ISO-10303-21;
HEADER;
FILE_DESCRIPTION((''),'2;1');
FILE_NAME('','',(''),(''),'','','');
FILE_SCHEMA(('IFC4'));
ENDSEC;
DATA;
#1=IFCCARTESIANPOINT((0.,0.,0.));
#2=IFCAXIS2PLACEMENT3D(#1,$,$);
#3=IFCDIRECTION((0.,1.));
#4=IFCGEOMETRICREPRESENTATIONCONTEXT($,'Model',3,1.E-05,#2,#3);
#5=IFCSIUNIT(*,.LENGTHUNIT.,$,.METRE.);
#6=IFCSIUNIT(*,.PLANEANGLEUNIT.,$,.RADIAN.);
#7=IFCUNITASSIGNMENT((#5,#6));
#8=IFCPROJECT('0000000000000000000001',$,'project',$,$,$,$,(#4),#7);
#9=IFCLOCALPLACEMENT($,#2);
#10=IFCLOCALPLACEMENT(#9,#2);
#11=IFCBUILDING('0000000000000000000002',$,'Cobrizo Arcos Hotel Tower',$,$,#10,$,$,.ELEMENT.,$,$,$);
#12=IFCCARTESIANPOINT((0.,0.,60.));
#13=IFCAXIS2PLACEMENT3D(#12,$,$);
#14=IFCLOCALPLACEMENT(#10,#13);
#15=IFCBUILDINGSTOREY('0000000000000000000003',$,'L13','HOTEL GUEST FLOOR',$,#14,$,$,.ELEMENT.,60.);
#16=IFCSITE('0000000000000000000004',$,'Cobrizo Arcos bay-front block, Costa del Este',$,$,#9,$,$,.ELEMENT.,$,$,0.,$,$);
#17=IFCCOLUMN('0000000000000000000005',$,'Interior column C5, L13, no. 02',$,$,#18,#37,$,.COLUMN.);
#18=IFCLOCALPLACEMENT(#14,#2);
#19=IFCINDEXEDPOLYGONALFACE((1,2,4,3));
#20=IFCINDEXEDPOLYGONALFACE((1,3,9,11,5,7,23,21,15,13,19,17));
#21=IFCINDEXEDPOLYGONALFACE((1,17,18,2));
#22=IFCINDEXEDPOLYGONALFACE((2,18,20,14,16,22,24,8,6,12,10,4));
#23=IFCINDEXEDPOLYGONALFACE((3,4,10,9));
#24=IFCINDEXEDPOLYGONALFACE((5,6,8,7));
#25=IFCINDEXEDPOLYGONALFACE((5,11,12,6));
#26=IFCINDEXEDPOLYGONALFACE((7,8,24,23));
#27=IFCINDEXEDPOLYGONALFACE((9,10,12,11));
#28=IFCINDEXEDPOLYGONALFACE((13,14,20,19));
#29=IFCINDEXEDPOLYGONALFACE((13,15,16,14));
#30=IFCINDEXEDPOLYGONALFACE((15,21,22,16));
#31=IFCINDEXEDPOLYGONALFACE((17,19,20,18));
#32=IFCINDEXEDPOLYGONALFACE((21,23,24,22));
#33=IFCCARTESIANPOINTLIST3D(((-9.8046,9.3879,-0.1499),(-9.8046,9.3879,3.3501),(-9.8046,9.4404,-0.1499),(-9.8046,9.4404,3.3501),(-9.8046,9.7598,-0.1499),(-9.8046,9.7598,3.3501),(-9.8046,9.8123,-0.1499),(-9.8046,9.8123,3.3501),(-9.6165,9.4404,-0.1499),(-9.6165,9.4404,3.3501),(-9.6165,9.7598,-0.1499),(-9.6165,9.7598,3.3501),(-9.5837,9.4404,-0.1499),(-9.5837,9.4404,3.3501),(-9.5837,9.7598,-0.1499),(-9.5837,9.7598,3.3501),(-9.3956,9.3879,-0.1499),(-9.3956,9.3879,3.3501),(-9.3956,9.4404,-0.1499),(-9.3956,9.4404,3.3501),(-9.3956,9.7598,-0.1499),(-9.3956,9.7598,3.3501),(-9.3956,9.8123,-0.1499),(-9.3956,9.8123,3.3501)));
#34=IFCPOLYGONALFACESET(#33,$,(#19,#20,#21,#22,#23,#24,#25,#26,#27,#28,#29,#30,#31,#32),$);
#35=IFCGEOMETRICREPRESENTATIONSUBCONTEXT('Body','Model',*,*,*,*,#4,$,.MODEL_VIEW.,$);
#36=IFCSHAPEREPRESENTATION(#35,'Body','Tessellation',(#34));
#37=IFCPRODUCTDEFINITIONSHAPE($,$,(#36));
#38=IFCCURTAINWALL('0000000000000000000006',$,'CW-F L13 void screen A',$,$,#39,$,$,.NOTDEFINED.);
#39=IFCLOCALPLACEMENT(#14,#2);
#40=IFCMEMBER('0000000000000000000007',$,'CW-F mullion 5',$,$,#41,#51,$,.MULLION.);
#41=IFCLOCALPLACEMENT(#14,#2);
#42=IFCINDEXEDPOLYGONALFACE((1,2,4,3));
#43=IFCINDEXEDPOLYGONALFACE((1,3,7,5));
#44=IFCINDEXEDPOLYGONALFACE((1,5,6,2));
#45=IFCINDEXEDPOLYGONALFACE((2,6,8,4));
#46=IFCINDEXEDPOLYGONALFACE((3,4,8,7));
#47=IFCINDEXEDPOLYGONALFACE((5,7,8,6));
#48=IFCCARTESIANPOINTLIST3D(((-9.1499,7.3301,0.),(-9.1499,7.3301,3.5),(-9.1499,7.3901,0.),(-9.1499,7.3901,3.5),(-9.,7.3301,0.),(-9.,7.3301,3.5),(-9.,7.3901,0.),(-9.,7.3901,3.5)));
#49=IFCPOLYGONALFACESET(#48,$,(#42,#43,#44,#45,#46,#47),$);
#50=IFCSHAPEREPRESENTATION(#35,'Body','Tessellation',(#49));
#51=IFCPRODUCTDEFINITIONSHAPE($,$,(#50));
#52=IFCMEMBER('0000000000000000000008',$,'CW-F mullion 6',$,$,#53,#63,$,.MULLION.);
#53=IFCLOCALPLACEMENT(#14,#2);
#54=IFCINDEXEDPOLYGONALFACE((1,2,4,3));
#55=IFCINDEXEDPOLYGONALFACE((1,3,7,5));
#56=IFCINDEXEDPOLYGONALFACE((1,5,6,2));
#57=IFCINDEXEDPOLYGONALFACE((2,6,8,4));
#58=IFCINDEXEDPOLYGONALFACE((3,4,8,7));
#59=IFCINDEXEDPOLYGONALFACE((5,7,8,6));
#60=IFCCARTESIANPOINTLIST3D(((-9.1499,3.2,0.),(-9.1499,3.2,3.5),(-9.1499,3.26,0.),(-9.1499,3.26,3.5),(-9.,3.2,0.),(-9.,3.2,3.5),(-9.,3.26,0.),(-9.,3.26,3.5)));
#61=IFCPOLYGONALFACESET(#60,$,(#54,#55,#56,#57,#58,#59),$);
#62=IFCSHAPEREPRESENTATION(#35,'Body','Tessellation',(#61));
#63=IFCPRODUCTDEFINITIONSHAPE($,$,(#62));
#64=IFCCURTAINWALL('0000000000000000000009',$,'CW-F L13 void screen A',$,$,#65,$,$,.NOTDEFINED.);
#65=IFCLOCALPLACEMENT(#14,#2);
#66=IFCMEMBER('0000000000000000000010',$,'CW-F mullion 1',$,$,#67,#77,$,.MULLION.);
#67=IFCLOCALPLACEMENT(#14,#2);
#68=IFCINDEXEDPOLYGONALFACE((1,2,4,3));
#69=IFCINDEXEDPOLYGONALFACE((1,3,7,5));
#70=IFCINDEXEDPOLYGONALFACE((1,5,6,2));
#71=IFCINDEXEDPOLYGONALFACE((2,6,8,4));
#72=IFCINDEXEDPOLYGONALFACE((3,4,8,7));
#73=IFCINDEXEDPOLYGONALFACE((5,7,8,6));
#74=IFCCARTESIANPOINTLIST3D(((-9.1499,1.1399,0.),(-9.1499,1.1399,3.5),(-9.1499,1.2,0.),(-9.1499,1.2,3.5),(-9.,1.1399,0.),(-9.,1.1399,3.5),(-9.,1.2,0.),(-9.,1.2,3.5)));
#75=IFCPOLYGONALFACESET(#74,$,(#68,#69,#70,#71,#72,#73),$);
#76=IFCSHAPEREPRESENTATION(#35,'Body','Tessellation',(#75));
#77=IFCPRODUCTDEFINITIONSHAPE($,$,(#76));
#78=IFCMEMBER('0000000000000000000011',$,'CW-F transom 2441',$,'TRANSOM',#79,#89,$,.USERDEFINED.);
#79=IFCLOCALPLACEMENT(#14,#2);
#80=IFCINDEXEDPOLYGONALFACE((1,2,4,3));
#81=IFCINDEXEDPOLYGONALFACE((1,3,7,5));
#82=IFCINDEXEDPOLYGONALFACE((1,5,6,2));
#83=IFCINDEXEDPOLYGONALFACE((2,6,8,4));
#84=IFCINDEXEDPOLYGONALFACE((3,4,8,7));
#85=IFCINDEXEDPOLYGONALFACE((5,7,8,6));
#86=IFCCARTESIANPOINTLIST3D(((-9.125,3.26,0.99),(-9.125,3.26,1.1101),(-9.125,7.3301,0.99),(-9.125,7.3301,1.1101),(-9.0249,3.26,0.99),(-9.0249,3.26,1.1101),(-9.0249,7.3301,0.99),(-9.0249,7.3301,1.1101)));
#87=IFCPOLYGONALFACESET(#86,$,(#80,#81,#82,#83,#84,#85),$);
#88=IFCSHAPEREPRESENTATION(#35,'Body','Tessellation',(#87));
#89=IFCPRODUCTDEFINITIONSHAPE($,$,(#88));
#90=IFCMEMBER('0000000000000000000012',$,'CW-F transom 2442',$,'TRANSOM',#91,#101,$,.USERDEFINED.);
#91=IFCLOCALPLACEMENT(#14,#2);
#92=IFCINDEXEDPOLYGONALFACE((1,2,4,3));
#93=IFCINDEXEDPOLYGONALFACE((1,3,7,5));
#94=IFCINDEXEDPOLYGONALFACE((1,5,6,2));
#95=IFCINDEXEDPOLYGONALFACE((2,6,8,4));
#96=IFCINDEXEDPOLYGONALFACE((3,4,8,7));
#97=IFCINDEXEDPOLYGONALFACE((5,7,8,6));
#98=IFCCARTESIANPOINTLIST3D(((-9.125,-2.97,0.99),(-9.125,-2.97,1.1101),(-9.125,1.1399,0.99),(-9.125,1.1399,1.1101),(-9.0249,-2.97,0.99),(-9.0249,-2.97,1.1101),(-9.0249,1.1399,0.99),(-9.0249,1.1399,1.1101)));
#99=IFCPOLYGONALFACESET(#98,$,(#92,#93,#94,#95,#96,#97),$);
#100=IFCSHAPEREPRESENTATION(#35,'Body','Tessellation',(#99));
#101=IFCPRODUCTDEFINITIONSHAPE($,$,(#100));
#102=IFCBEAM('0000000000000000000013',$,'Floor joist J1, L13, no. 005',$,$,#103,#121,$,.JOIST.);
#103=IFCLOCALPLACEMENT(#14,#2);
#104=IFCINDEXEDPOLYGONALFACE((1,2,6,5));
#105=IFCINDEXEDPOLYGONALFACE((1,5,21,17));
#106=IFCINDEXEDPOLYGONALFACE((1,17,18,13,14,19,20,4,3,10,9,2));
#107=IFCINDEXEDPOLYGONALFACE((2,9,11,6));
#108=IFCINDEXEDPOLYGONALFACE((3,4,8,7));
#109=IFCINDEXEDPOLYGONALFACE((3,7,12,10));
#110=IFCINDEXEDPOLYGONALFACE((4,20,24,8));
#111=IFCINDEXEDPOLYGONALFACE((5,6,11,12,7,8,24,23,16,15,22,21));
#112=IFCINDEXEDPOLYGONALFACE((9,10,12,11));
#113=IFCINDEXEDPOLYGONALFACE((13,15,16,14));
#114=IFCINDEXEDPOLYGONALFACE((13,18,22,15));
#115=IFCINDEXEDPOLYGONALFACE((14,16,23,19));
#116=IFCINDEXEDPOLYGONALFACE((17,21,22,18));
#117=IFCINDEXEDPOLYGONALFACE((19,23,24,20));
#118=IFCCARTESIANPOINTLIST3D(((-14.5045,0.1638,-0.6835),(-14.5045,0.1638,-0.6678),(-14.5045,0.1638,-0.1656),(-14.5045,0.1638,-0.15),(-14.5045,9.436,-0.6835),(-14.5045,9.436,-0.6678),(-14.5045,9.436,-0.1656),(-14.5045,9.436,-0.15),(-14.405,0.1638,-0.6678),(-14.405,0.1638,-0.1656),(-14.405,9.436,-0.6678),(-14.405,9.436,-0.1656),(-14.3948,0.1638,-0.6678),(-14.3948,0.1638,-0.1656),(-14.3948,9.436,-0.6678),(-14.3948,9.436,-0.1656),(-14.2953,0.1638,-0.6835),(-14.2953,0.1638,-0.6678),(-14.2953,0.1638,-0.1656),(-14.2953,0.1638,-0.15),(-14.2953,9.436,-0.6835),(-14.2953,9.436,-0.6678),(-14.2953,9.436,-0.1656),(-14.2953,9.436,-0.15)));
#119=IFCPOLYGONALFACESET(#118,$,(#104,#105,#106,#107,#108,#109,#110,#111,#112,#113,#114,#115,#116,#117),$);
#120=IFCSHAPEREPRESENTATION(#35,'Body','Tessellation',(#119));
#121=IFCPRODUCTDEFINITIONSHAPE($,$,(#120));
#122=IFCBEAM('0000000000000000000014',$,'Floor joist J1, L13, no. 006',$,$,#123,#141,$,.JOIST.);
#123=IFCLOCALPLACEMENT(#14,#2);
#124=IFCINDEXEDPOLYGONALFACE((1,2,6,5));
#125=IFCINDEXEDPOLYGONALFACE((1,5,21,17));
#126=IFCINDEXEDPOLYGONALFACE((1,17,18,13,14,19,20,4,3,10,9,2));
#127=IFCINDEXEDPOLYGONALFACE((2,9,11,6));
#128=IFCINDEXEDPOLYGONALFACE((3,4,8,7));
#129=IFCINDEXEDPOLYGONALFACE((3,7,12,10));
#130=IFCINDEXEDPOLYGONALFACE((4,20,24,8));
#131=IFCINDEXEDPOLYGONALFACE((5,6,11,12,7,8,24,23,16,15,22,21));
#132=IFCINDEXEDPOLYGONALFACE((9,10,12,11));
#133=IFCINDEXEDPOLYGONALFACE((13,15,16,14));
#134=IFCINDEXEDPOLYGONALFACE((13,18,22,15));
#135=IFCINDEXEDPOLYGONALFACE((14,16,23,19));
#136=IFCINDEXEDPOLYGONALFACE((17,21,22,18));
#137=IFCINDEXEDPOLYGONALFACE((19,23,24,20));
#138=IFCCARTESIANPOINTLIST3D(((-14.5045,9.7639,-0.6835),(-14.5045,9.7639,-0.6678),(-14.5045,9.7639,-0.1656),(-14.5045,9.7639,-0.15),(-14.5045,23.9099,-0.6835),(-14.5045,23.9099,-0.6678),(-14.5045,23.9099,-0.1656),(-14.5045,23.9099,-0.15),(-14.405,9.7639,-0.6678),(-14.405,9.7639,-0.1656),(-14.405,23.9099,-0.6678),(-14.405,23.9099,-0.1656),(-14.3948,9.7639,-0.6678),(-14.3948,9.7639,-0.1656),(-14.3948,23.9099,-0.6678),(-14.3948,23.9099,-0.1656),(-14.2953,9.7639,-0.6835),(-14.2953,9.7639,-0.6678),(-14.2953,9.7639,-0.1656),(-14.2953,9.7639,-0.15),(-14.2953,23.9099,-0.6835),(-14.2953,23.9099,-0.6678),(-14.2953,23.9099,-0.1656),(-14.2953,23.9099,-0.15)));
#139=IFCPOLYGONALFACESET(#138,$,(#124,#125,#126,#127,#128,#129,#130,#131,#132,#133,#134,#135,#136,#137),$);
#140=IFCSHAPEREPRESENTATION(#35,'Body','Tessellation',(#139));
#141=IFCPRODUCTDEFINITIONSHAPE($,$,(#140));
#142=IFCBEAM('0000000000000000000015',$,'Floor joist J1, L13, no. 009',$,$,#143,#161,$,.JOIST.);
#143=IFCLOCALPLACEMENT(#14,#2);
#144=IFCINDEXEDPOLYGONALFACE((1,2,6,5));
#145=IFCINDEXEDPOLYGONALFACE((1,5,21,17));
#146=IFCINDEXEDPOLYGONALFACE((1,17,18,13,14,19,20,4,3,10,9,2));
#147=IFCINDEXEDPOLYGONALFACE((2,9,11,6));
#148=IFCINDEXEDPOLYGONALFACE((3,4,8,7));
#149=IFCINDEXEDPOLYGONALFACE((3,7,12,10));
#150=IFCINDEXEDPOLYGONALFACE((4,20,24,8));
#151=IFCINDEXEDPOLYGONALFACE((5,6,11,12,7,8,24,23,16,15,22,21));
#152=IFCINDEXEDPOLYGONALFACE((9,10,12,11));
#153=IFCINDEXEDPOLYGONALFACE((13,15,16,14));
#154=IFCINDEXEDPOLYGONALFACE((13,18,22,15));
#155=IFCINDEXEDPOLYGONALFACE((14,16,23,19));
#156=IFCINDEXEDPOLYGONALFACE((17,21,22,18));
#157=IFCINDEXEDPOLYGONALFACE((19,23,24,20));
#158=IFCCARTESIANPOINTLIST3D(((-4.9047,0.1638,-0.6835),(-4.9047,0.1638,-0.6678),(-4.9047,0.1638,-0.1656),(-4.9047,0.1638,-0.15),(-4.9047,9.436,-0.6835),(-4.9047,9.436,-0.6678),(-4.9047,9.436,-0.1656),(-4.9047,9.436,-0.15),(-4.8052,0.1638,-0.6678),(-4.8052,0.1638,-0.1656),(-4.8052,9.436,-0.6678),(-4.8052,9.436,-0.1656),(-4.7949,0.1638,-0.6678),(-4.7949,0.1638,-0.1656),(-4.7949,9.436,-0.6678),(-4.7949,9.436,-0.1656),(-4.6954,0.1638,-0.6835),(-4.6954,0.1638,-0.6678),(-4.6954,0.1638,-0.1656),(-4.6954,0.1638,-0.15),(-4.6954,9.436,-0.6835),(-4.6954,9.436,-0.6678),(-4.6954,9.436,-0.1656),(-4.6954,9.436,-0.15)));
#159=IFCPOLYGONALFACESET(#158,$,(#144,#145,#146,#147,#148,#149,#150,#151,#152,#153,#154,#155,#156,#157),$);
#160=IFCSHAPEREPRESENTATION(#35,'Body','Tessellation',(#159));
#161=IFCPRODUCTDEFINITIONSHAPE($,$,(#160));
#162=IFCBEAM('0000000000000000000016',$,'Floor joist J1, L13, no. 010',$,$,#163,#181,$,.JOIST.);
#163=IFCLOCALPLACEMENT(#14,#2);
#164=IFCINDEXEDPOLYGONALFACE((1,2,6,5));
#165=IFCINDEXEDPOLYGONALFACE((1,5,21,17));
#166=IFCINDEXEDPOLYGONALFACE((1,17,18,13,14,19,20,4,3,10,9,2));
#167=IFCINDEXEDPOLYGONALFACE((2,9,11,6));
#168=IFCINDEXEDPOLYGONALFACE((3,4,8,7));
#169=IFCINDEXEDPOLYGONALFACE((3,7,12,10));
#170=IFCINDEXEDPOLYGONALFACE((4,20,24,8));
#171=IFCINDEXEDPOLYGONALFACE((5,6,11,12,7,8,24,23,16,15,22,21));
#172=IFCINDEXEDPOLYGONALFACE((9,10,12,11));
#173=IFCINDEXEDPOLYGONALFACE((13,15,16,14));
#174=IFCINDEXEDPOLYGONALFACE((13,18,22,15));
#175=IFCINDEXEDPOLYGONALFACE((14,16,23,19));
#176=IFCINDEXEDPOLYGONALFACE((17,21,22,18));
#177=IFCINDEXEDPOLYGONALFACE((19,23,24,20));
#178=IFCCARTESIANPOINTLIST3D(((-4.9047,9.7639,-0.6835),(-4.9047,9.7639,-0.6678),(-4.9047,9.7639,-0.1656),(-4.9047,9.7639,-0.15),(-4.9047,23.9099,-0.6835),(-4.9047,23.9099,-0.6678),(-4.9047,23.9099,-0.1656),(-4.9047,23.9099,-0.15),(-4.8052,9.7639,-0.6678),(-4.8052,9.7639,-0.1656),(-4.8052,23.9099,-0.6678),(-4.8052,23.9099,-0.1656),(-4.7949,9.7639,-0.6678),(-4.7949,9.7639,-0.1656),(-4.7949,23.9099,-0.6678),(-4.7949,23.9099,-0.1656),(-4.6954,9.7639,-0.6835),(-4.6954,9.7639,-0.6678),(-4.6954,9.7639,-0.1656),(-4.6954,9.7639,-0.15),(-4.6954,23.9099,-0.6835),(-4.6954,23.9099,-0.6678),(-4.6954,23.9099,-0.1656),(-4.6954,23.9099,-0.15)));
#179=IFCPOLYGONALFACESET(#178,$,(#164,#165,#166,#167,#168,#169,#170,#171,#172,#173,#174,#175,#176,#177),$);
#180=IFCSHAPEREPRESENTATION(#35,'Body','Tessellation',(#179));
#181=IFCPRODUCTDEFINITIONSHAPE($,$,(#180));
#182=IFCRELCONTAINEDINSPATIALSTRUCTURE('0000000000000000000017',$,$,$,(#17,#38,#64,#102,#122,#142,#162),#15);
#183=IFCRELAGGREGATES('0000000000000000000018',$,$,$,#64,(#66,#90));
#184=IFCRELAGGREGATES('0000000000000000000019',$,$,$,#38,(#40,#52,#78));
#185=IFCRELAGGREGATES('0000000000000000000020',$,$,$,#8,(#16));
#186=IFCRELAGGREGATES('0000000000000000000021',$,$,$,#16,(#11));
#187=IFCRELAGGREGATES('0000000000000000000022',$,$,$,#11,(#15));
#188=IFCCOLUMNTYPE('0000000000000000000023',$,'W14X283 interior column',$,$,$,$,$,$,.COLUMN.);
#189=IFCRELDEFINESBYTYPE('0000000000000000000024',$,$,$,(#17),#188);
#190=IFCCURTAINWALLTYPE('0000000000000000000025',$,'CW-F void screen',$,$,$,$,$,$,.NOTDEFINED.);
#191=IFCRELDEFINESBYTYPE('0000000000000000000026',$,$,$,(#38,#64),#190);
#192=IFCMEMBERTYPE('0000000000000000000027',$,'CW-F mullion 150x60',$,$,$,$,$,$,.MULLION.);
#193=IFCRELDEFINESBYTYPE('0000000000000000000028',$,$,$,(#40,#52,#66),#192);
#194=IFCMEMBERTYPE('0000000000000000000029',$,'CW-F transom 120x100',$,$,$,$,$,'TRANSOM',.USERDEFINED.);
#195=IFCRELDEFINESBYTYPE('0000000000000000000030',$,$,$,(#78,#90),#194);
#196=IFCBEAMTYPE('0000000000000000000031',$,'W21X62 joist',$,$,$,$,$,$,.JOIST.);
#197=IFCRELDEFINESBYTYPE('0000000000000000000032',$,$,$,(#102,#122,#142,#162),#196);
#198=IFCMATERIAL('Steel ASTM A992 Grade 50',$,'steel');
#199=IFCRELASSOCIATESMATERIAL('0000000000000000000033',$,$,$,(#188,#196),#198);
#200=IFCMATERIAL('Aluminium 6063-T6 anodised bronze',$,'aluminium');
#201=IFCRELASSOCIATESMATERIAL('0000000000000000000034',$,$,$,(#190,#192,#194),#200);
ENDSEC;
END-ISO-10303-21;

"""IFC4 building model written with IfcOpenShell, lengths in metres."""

from ifc_helpers import new_model, si_unit, direction, frame, origin, origin_2d, place, context, subcontext, project, spatial, rectangle, i_section, extrude, material, material_profile, profile_set, type_object, element, aggregate, save


model = new_model("IFC4")

# Units and contexts
model_context = context("Model", 3, precision=1e-05, world=origin(), true_north=direction((0.0, 1.0)))
body_context = subcontext(model_context, "Body", "Model", "MODEL_VIEW")
ifc_project = project(units=[si_unit("LENGTHUNIT", "METRE"), si_unit("PLANEANGLEUNIT", "RADIAN")], contexts=[model_context])

# Site, building, storey
site_placement = place(None, origin())
site = spatial("IfcSite", under=ifc_project, at=site_placement, Name="Cobrizo Arcos bay-front block, Costa del Este", CompositionType="ELEMENT", RefElevation=0.0)
building_placement = place(site_placement, origin())
building = spatial("IfcBuilding", under=site, at=building_placement, Name="Cobrizo Arcos Hotel Tower", CompositionType="ELEMENT")
storey_placement = place(building_placement, frame((0.0, 0.0, 60.0)))
storey = spatial("IfcBuildingStorey", under=building, at=storey_placement, Name="L13", Description="HOTEL GUEST FLOOR", CompositionType="ELEMENT", Elevation=60.0)

# Column
ifc_material_1 = material(Name="Steel ASTM A992 Grade 50", Category="steel")
ifc_material_profile_1 = material_profile(ifc_material_1, i_section(OverallWidth=0.4089, OverallDepth=0.4243, WebThickness=0.0327, FlangeThickness=0.0525, at=origin_2d()), Name="W14X283")
ifc_profile_set_1 = profile_set([ifc_material_profile_1], Name="Steel ASTM A992 Grade 50")
column_type = type_object("IfcColumnType", Name="W14X283 interior column", PredefinedType="COLUMN", material=ifc_profile_set_1)
column_placement = place(storey_placement, frame((-9.6001, 9.6001, -0.1499), z_axis=(0.0, 0.0, 1.0), x_axis=(1.0, 0.0, 0.0)))
element("IfcColumn", 1, at=column_placement, inside=storey, type_object=column_type, Name="Interior column C5, L13, no. 02", PredefinedType="COLUMN", context=body_context, shape_type="SweptSolid", body=[
    extrude(i_section(OverallWidth=0.4089, OverallDepth=0.4243, WebThickness=0.0327, FlangeThickness=0.0525, at=origin_2d()), origin(), (0.0, 0.0, 1.0), 3.5),
])

# Curtain wall, members
ifc_material_2 = material(Name="Aluminium 6063-T6 anodised bronze", Category="aluminium")
curtain_wall_type = type_object("IfcCurtainWallType", Name="CW-F void screen", PredefinedType="NOTDEFINED", material=ifc_material_2)
curtain_wall_1_placement = place(storey_placement, origin())
curtain_wall_1 = element("IfcCurtainWall", 2, at=curtain_wall_1_placement, inside=storey, type_object=curtain_wall_type, Name="CW-F L13 void screen A", PredefinedType="NOTDEFINED")
ifc_material_profile_2 = material_profile(ifc_material_2, rectangle(XDim=0.1499, YDim=0.0601, at=origin_2d()), Name="CW-F mullion 150x60")
ifc_profile_set_2 = profile_set([ifc_material_profile_2], Name="Aluminium 6063-T6 anodised bronze")
member_type_1 = type_object("IfcMemberType", Name="CW-F mullion 150x60", PredefinedType="MULLION", material=ifc_profile_set_2)
member_1_placement = place(storey_placement, frame((-9.075, 7.3601, 0.0), z_axis=(0.0, 0.0, 1.0), x_axis=(-1.0, 0.0, 0.0)))
member_1 = element("IfcMember", 3, at=member_1_placement, type_object=member_type_1, Name="CW-F mullion 5", PredefinedType="MULLION", context=body_context, shape_type="SweptSolid", body=[
    extrude(rectangle(XDim=0.1499, YDim=0.0601, at=origin_2d()), origin(), (0.0, 0.0, 1.0), 3.5),
])
member_2_placement = place(storey_placement, frame((-9.075, 3.23, 0.0), z_axis=(0.0, 0.0, 1.0), x_axis=(-1.0, 0.0, 0.0)))
member_2 = element("IfcMember", 4, at=member_2_placement, type_object=member_type_1, Name="CW-F mullion 6", PredefinedType="MULLION", context=body_context, shape_type="SweptSolid", body=[
    extrude(rectangle(XDim=0.1499, YDim=0.0601, at=origin_2d()), origin(), (0.0, 0.0, 1.0), 3.5),
])

# Curtain wall, member
curtain_wall_2_placement = place(storey_placement, origin())
curtain_wall_2 = element("IfcCurtainWall", 5, at=curtain_wall_2_placement, inside=storey, type_object=curtain_wall_type, Name="CW-F L13 void screen A", PredefinedType="NOTDEFINED")
member_3_placement = place(storey_placement, frame((-9.075, 1.1699, 0.0), z_axis=(0.0, 0.0, 1.0), x_axis=(-1.0, 0.0, 0.0)))
member_3 = element("IfcMember", 6, at=member_3_placement, type_object=member_type_1, Name="CW-F mullion 1", PredefinedType="MULLION", context=body_context, shape_type="SweptSolid", body=[
    extrude(rectangle(XDim=0.1499, YDim=0.0601, at=origin_2d()), origin(), (0.0, 0.0, 1.0), 3.5),
])

# Members
ifc_material_profile_3 = material_profile(ifc_material_2, rectangle(XDim=0.1001, YDim=0.1201, at=origin_2d()), Name="CW-F transom 120x100")
ifc_profile_set_3 = profile_set([ifc_material_profile_3], Name="Aluminium 6063-T6 anodised bronze")
member_type_2 = type_object("IfcMemberType", Name="CW-F transom 120x100", ElementType="TRANSOM", PredefinedType="USERDEFINED", material=ifc_profile_set_3)
member_4_placement = place(storey_placement, frame((-9.075, 7.3301, 1.05), z_axis=(0.0, -1.0, 0.0), x_axis=(1.0, 0.0, 0.0)))
member_4 = element("IfcMember", 7, at=member_4_placement, type_object=member_type_2, Name="CW-F transom 2441", ObjectType="TRANSOM", PredefinedType="USERDEFINED", context=body_context, shape_type="SweptSolid", body=[
    extrude(rectangle(XDim=0.1001, YDim=0.1201, at=origin_2d()), origin(), (0.0, 0.0, 1.0), 4.0701),
])
member_5_placement = place(storey_placement, frame((-9.075, 1.1399, 1.05), z_axis=(0.0, -1.0, 0.0), x_axis=(1.0, 0.0, 0.0)))
member_5 = element("IfcMember", 8, at=member_5_placement, type_object=member_type_2, Name="CW-F transom 2442", ObjectType="TRANSOM", PredefinedType="USERDEFINED", context=body_context, shape_type="SweptSolid", body=[
    extrude(rectangle(XDim=0.1001, YDim=0.1201, at=origin_2d()), origin(), (0.0, 0.0, 1.0), 4.1099),
])
aggregate(curtain_wall_2, [member_3, member_5])

# Beams
ifc_material_profile_4 = material_profile(ifc_material_1, i_section(OverallWidth=0.2092, OverallDepth=0.5334, WebThickness=0.0103, FlangeThickness=0.0156, at=origin_2d()), Name="W21X62")
ifc_profile_set_4 = profile_set([ifc_material_profile_4], Name="Steel ASTM A992 Grade 50")
beam_type_1 = type_object("IfcBeamType", Name="W21X62 joist", PredefinedType="JOIST", material=ifc_profile_set_4)
beam_1_placement = place(storey_placement, frame((-14.3999, 0.1638, -0.4167), z_axis=(0.0, 1.0, 0.0), x_axis=(-1.0, 0.0, 0.0)))
element("IfcBeam", 9, at=beam_1_placement, inside=storey, type_object=beam_type_1, Name="Floor joist J1, L13, no. 005", PredefinedType="JOIST", context=body_context, shape_type="SweptSolid", body=[
    extrude(i_section(OverallWidth=0.2092, OverallDepth=0.5334, WebThickness=0.0103, FlangeThickness=0.0156, at=origin_2d()), origin(), (0.0, 0.0, 1.0), 9.2722),
])
beam_2_placement = place(storey_placement, frame((-14.3999, 9.7639, -0.4167), z_axis=(0.0, 1.0, 0.0), x_axis=(-1.0, 0.0, 0.0)))
element("IfcBeam", 10, at=beam_2_placement, inside=storey, type_object=beam_type_1, Name="Floor joist J1, L13, no. 006", PredefinedType="JOIST", context=body_context, shape_type="SweptSolid", body=[
    extrude(i_section(OverallWidth=0.2092, OverallDepth=0.5334, WebThickness=0.0103, FlangeThickness=0.0156, at=origin_2d()), origin(), (0.0, 0.0, 1.0), 14.146),
])
beam_3_placement = place(storey_placement, frame((-4.8, 0.1638, -0.4167), z_axis=(0.0, 1.0, 0.0), x_axis=(-1.0, 0.0, 0.0)))
element("IfcBeam", 11, at=beam_3_placement, inside=storey, type_object=beam_type_1, Name="Floor joist J1, L13, no. 009", PredefinedType="JOIST", context=body_context, shape_type="SweptSolid", body=[
    extrude(i_section(OverallWidth=0.2092, OverallDepth=0.5334, WebThickness=0.0103, FlangeThickness=0.0156, at=origin_2d()), origin(), (0.0, 0.0, 1.0), 9.2722),
])
beam_4_placement = place(storey_placement, frame((-4.8, 9.7639, -0.4167), z_axis=(0.0, 1.0, 0.0), x_axis=(-1.0, 0.0, 0.0)))
element("IfcBeam", 12, at=beam_4_placement, inside=storey, type_object=beam_type_1, Name="Floor joist J1, L13, no. 010", PredefinedType="JOIST", context=body_context, shape_type="SweptSolid", body=[
    extrude(i_section(OverallWidth=0.2092, OverallDepth=0.5334, WebThickness=0.0103, FlangeThickness=0.0156, at=origin_2d()), origin(), (0.0, 0.0, 1.0), 14.146),
])

aggregate(curtain_wall_1, [member_1, member_2, member_4])

save(model, "model.ifc")
